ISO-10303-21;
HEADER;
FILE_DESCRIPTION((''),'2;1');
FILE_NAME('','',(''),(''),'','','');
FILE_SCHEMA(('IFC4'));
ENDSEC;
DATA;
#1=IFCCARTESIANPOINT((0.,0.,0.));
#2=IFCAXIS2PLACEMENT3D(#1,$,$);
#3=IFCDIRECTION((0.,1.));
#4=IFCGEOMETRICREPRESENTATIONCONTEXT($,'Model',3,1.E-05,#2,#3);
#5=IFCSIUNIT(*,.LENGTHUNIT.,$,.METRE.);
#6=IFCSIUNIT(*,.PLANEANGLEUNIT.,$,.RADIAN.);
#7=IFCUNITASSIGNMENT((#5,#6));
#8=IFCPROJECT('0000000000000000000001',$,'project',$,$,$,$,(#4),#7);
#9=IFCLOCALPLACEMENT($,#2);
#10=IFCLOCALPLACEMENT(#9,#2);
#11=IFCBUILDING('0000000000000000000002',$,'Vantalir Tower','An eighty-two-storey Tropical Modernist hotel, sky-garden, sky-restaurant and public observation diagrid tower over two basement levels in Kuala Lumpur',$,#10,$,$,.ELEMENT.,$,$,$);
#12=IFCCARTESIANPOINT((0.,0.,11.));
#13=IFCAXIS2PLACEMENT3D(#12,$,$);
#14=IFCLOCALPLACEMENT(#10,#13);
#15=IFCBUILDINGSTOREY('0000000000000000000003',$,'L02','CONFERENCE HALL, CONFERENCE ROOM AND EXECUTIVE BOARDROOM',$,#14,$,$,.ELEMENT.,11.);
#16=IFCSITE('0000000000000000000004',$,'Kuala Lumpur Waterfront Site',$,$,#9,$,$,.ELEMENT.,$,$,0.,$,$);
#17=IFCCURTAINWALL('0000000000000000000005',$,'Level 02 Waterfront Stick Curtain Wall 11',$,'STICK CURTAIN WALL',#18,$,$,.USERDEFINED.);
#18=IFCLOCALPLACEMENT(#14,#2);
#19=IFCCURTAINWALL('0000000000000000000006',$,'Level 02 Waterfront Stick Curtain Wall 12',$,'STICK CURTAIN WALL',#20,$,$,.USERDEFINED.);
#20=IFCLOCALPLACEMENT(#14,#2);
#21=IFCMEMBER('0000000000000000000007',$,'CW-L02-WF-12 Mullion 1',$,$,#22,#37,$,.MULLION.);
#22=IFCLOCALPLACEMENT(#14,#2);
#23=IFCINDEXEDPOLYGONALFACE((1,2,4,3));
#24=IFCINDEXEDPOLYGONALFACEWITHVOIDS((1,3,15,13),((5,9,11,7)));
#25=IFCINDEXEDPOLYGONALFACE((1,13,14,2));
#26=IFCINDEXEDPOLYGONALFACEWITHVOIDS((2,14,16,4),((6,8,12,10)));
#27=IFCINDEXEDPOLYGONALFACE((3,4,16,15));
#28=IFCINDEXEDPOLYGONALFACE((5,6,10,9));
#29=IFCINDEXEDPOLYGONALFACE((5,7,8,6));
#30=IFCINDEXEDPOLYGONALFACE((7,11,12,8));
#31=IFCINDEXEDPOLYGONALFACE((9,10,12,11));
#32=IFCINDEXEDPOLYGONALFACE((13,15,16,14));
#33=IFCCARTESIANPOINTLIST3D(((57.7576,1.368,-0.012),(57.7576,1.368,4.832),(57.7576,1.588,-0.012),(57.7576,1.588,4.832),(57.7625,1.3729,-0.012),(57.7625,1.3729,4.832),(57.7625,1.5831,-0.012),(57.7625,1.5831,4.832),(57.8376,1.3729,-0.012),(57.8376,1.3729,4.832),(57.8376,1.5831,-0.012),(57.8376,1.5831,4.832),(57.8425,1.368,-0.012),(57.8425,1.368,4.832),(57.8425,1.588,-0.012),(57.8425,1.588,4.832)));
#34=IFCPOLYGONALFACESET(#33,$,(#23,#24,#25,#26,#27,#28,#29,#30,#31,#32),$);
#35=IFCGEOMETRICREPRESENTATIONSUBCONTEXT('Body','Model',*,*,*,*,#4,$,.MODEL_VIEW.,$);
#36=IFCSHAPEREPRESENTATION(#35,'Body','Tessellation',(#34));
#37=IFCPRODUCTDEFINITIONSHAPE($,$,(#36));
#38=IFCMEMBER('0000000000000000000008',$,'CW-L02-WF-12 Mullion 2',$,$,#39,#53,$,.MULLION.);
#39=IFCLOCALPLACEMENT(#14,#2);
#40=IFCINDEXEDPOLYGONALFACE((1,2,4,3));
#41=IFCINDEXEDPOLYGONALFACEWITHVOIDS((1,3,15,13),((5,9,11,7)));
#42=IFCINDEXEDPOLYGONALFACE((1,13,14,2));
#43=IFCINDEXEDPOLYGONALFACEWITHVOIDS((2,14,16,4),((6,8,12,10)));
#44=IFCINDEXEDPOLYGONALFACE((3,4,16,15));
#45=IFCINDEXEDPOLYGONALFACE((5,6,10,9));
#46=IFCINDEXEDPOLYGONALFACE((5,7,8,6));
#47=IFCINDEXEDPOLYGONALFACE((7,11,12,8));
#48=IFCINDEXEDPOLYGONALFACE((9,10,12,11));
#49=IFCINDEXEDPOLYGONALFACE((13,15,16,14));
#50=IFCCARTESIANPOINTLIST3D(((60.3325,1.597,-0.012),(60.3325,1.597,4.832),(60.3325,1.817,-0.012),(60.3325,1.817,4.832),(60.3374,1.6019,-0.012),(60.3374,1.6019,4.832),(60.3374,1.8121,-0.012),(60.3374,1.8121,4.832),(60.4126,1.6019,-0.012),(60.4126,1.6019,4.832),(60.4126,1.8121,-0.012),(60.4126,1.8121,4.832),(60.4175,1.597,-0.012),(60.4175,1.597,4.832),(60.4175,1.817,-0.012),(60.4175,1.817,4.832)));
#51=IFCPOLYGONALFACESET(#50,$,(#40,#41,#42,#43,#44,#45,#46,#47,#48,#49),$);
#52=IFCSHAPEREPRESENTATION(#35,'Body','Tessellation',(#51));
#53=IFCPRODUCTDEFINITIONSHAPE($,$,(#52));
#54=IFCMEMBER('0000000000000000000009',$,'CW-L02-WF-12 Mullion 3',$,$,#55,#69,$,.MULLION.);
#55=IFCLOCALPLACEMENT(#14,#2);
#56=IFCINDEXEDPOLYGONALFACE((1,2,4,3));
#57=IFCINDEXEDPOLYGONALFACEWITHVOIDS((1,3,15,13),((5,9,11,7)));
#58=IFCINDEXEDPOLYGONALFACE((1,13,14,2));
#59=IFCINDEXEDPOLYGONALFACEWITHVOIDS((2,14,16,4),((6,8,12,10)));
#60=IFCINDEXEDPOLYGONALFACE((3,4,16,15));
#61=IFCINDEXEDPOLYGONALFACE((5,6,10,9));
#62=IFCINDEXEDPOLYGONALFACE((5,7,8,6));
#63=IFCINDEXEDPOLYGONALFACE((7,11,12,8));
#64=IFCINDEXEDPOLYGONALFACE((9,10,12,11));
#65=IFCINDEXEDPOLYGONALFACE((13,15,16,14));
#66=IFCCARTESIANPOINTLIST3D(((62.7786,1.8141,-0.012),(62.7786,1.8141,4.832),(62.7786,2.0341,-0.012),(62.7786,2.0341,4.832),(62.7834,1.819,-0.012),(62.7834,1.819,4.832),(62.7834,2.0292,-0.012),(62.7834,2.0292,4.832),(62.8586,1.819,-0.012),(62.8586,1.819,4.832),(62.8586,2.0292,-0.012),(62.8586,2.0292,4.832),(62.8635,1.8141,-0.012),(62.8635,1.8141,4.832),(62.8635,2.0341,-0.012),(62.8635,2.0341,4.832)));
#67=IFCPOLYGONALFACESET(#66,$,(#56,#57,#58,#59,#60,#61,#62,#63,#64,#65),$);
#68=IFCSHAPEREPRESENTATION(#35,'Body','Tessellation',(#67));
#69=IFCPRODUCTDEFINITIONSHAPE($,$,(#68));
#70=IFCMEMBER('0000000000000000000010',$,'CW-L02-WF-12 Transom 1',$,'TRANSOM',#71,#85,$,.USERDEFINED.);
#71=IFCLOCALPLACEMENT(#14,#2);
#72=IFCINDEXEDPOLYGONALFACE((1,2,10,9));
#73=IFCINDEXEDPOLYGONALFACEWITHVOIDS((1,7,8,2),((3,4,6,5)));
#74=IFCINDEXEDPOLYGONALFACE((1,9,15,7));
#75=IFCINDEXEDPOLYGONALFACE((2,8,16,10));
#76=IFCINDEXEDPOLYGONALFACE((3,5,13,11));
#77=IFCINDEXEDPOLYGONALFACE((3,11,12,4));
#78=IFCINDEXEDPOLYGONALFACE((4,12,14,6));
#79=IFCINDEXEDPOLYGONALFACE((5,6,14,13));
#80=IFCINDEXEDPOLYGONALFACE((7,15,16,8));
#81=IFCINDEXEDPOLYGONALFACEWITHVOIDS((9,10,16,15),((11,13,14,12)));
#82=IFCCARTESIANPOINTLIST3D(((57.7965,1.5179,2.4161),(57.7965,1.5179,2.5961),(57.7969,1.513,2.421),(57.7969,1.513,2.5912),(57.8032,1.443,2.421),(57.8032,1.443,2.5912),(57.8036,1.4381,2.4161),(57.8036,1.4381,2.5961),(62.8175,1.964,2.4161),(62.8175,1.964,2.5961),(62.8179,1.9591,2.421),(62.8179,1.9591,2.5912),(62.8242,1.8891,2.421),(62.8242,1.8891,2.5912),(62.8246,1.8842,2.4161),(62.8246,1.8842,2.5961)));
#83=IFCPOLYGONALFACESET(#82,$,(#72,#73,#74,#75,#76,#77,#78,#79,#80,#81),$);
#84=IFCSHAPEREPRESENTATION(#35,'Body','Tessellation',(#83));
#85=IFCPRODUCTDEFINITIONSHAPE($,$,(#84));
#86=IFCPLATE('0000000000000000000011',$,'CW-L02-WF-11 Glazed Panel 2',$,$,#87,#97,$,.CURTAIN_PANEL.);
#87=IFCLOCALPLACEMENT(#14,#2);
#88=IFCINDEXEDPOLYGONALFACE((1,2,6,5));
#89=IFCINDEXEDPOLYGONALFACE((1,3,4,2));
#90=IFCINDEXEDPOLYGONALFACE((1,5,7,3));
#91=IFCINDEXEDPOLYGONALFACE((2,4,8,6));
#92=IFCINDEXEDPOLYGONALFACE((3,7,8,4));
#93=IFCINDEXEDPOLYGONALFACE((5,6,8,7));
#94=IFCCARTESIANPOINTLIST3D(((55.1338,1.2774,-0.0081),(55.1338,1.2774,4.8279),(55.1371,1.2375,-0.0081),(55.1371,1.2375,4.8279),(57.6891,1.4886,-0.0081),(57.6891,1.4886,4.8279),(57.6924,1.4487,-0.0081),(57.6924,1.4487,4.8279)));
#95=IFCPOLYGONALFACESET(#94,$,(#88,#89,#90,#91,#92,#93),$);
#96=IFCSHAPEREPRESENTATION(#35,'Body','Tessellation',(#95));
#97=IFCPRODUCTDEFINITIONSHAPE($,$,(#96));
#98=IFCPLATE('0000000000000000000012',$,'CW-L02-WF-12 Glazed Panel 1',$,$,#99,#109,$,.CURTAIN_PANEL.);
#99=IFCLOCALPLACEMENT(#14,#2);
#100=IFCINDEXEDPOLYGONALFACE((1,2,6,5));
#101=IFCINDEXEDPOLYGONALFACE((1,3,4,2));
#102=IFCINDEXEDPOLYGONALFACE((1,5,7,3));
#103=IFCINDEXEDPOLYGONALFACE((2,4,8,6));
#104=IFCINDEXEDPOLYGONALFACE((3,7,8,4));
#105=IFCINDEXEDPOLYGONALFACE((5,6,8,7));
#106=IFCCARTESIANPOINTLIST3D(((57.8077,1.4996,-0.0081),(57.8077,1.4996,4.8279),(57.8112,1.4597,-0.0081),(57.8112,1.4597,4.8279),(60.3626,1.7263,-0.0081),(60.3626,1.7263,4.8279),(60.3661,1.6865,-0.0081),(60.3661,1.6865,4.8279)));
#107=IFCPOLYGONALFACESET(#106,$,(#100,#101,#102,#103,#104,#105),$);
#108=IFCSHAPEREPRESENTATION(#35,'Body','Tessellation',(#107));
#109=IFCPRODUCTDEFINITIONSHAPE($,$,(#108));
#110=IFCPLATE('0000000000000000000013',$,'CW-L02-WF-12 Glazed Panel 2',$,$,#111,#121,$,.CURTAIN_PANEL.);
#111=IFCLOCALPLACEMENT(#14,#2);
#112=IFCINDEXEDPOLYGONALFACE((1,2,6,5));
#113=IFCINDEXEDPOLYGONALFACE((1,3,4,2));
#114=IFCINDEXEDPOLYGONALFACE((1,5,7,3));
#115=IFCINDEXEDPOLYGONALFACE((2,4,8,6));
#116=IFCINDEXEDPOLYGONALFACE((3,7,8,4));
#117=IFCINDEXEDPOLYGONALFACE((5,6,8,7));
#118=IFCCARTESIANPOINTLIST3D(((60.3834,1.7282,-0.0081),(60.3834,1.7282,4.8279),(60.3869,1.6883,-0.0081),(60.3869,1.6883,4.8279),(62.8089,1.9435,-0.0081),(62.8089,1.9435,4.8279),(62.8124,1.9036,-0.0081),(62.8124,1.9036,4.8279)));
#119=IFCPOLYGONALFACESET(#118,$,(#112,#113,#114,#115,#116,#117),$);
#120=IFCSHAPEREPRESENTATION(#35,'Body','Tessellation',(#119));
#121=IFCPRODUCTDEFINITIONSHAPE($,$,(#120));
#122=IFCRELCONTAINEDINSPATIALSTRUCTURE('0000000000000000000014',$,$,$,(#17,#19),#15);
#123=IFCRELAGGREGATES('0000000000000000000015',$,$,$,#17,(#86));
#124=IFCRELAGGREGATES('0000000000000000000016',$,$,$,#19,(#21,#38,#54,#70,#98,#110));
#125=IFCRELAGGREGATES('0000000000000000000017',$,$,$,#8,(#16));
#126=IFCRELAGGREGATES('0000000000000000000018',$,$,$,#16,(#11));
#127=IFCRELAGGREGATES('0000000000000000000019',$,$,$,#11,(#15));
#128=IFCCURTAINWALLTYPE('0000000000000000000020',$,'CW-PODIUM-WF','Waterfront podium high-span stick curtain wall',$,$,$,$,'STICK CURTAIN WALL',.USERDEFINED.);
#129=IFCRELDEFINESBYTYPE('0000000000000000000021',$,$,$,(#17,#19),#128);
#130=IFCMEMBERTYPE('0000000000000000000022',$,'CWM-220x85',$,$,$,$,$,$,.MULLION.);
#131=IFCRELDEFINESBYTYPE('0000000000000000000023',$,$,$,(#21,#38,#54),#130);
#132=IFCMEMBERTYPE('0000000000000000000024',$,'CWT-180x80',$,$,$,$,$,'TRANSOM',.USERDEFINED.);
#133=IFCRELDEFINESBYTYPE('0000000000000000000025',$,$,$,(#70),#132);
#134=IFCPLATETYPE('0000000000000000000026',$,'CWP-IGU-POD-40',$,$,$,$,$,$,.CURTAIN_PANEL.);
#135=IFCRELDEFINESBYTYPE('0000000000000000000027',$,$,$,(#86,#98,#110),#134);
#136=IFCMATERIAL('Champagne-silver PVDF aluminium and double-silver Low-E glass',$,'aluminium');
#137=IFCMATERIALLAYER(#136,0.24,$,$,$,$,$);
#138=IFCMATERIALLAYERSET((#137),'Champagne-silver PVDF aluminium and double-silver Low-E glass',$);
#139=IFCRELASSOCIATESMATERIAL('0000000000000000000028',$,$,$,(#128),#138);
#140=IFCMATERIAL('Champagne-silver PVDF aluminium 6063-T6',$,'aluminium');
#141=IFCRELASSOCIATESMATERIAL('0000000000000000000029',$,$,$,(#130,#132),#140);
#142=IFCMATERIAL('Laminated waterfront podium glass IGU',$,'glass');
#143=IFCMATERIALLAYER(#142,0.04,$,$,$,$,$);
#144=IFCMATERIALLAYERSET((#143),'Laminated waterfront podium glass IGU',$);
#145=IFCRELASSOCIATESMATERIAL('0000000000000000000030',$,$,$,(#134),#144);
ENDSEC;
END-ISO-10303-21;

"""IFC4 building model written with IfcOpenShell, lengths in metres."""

from ifc_helpers import new_model, si_unit, direction, frame, origin, origin_2d, place, context, subcontext, project, spatial, rectangle, hollow_rectangle, extrude, material, layer, layer_set, material_profile, profile_set, type_object, element, aggregate, save


model = new_model("IFC4")

# Units and contexts
model_context = context("Model", 3, precision=1e-05, world=origin(), true_north=direction((0.0, 1.0)))
body_context = subcontext(model_context, "Body", "Model", "MODEL_VIEW")
ifc_project = project(units=[si_unit("LENGTHUNIT", "METRE"), si_unit("PLANEANGLEUNIT", "RADIAN")], contexts=[model_context])

# Site, building, storey
site_placement = place(None, origin())
site = spatial("IfcSite", under=ifc_project, at=site_placement, Name="Kuala Lumpur Waterfront Site", CompositionType="ELEMENT", RefElevation=0.0)
building_placement = place(site_placement, origin())
building = spatial("IfcBuilding", under=site, at=building_placement, Name="Vantalir Tower", Description="An eighty-two-storey Tropical Modernist hotel, sky-garden, sky-restaurant and public observation diagrid tower over two basement levels in Kuala Lumpur", CompositionType="ELEMENT")
storey_placement = place(building_placement, frame((0.0, 0.0, 11.0)))
storey = spatial("IfcBuildingStorey", under=building, at=storey_placement, Name="L02", Description="CONFERENCE HALL, CONFERENCE ROOM AND EXECUTIVE BOARDROOM", CompositionType="ELEMENT", Elevation=11.0)

# Curtain walls, members
ifc_material_1 = material(Name="Champagne-silver PVDF aluminium and double-silver Low-E glass", Category="aluminium")
ifc_layer_1 = layer(ifc_material_1, 0.24)
ifc_layer_set_1 = layer_set([ifc_layer_1], Name="Champagne-silver PVDF aluminium and double-silver Low-E glass")
curtain_wall_type = type_object("IfcCurtainWallType", Name="CW-PODIUM-WF", Description="Waterfront podium high-span stick curtain wall", ElementType="STICK CURTAIN WALL", PredefinedType="USERDEFINED", material=ifc_layer_set_1)
curtain_wall_1_placement = place(storey_placement, origin())
curtain_wall_1 = element("IfcCurtainWall", 1, at=curtain_wall_1_placement, inside=storey, type_object=curtain_wall_type, Name="Level 02 Waterfront Stick Curtain Wall 11", ObjectType="STICK CURTAIN WALL", PredefinedType="USERDEFINED")
ifc_material_2 = material(Name="Champagne-silver PVDF aluminium 6063-T6", Category="aluminium")
ifc_material_profile_1 = material_profile(ifc_material_2, hollow_rectangle(XDim=0.085, YDim=0.22, WallThickness=0.0049, at=origin_2d()), Name="Champagne-silver PVDF aluminium 6063-T6")
ifc_profile_set_1 = profile_set([ifc_material_profile_1], Name="Champagne-silver PVDF aluminium 6063-T6")
member_type_1 = type_object("IfcMemberType", Name="CWM-220x85", PredefinedType="MULLION", material=ifc_profile_set_1)
curtain_wall_2_placement = place(storey_placement, origin())
curtain_wall_2 = element("IfcCurtainWall", 2, at=curtain_wall_2_placement, inside=storey, type_object=curtain_wall_type, Name="Level 02 Waterfront Stick Curtain Wall 12", ObjectType="STICK CURTAIN WALL", PredefinedType="USERDEFINED")
member_1_placement = place(storey_placement, frame((57.8, 1.478, -0.012), z_axis=(0.0, 0.0, 1.0), x_axis=(1.0, 0.0, 0.0)))
member_1 = element("IfcMember", 3, at=member_1_placement, type_object=member_type_1, Name="CW-L02-WF-12 Mullion 1", PredefinedType="MULLION", context=body_context, shape_type="SweptSolid", body=[
    extrude(hollow_rectangle(XDim=0.085, YDim=0.22, WallThickness=0.0049, at=origin_2d()), origin(), (0.0, 0.0, 1.0), 4.844),
])
member_2_placement = place(storey_placement, frame((60.375, 1.707, -0.012), z_axis=(0.0, 0.0, 1.0), x_axis=(1.0, 0.0, 0.0)))
member_2 = element("IfcMember", 4, at=member_2_placement, type_object=member_type_1, Name="CW-L02-WF-12 Mullion 2", PredefinedType="MULLION", context=body_context, shape_type="SweptSolid", body=[
    extrude(hollow_rectangle(XDim=0.085, YDim=0.22, WallThickness=0.0049, at=origin_2d()), origin(), (0.0, 0.0, 1.0), 4.844),
])
member_3_placement = place(storey_placement, frame((62.821, 1.9241, -0.012), z_axis=(0.0, 0.0, 1.0), x_axis=(1.0, 0.0, 0.0)))
member_3 = element("IfcMember", 5, at=member_3_placement, type_object=member_type_1, Name="CW-L02-WF-12 Mullion 3", PredefinedType="MULLION", context=body_context, shape_type="SweptSolid", body=[
    extrude(hollow_rectangle(XDim=0.085, YDim=0.22, WallThickness=0.0049, at=origin_2d()), origin(), (0.0, 0.0, 1.0), 4.844),
])
ifc_material_profile_2 = material_profile(ifc_material_2, hollow_rectangle(XDim=0.0801, YDim=0.1799, WallThickness=0.0049, at=origin_2d()), Name="Champagne-silver PVDF aluminium 6063-T6")
ifc_profile_set_2 = profile_set([ifc_material_profile_2], Name="Champagne-silver PVDF aluminium 6063-T6")
member_type_2 = type_object("IfcMemberType", Name="CWT-180x80", ElementType="TRANSOM", PredefinedType="USERDEFINED", material=ifc_profile_set_2)
member_4_placement = place(storey_placement, frame((57.8, 1.478, 2.5061), z_axis=(0.996077, 0.088487, 0.0), x_axis=(-0.088487, 0.996077, 0.0)))
member_4 = element("IfcMember", 6, at=member_4_placement, type_object=member_type_2, Name="CW-L02-WF-12 Transom 1", ObjectType="TRANSOM", PredefinedType="USERDEFINED", context=body_context, shape_type="SweptSolid", body=[
    extrude(hollow_rectangle(XDim=0.0801, YDim=0.1799, WallThickness=0.0049, at=origin_2d()), origin(), (0.0, 0.0, 1.0), 5.0408),
])

# Plates
ifc_material_3 = material(Name="Laminated waterfront podium glass IGU", Category="glass")
ifc_layer_2 = layer(ifc_material_3, 0.04)
ifc_layer_set_2 = layer_set([ifc_layer_2], Name="Laminated waterfront podium glass IGU")
plate_type = type_object("IfcPlateType", Name="CWP-IGU-POD-40", PredefinedType="CURTAIN_PANEL", material=ifc_layer_set_2)
plate_1_placement = place(storey_placement, frame((56.4131, 1.363, -0.0081), z_axis=(0.0, 0.0, 1.0), x_axis=(0.9966, 0.082391, 0.0)))
plate_1 = element("IfcPlate", 7, at=plate_1_placement, type_object=plate_type, Name="CW-L02-WF-11 Glazed Panel 2", PredefinedType="CURTAIN_PANEL", context=body_context, shape_type="SweptSolid", body=[
    extrude(rectangle(XDim=2.564, YDim=0.04, at=origin_2d()), origin(), (0.0, 0.0, 1.0), 4.8359),
])
aggregate(curtain_wall_1, [plate_1])
plate_2_placement = place(storey_placement, frame((59.0869, 1.593, -0.0081), z_axis=(0.0, 0.0, 1.0), x_axis=(0.996084, 0.088408, 0.0)))
plate_2 = element("IfcPlate", 8, at=plate_2_placement, type_object=plate_type, Name="CW-L02-WF-12 Glazed Panel 1", PredefinedType="CURTAIN_PANEL", context=body_context, shape_type="SweptSolid", body=[
    extrude(rectangle(XDim=2.5649, YDim=0.04, at=origin_2d()), origin(), (0.0, 0.0, 1.0), 4.8359),
])
plate_3_placement = place(storey_placement, frame((61.5979, 1.8159, -0.0081), z_axis=(0.0, 0.0, 1.0), x_axis=(0.996084, 0.088408, 0.0)))
plate_3 = element("IfcPlate", 9, at=plate_3_placement, type_object=plate_type, Name="CW-L02-WF-12 Glazed Panel 2", PredefinedType="CURTAIN_PANEL", context=body_context, shape_type="SweptSolid", body=[
    extrude(rectangle(XDim=2.4351, YDim=0.04, at=origin_2d()), origin(), (0.0, 0.0, 1.0), 4.8359),
])
aggregate(curtain_wall_2, [member_1, member_2, member_3, member_4, plate_2, plate_3])

save(model, "model.ifc")
